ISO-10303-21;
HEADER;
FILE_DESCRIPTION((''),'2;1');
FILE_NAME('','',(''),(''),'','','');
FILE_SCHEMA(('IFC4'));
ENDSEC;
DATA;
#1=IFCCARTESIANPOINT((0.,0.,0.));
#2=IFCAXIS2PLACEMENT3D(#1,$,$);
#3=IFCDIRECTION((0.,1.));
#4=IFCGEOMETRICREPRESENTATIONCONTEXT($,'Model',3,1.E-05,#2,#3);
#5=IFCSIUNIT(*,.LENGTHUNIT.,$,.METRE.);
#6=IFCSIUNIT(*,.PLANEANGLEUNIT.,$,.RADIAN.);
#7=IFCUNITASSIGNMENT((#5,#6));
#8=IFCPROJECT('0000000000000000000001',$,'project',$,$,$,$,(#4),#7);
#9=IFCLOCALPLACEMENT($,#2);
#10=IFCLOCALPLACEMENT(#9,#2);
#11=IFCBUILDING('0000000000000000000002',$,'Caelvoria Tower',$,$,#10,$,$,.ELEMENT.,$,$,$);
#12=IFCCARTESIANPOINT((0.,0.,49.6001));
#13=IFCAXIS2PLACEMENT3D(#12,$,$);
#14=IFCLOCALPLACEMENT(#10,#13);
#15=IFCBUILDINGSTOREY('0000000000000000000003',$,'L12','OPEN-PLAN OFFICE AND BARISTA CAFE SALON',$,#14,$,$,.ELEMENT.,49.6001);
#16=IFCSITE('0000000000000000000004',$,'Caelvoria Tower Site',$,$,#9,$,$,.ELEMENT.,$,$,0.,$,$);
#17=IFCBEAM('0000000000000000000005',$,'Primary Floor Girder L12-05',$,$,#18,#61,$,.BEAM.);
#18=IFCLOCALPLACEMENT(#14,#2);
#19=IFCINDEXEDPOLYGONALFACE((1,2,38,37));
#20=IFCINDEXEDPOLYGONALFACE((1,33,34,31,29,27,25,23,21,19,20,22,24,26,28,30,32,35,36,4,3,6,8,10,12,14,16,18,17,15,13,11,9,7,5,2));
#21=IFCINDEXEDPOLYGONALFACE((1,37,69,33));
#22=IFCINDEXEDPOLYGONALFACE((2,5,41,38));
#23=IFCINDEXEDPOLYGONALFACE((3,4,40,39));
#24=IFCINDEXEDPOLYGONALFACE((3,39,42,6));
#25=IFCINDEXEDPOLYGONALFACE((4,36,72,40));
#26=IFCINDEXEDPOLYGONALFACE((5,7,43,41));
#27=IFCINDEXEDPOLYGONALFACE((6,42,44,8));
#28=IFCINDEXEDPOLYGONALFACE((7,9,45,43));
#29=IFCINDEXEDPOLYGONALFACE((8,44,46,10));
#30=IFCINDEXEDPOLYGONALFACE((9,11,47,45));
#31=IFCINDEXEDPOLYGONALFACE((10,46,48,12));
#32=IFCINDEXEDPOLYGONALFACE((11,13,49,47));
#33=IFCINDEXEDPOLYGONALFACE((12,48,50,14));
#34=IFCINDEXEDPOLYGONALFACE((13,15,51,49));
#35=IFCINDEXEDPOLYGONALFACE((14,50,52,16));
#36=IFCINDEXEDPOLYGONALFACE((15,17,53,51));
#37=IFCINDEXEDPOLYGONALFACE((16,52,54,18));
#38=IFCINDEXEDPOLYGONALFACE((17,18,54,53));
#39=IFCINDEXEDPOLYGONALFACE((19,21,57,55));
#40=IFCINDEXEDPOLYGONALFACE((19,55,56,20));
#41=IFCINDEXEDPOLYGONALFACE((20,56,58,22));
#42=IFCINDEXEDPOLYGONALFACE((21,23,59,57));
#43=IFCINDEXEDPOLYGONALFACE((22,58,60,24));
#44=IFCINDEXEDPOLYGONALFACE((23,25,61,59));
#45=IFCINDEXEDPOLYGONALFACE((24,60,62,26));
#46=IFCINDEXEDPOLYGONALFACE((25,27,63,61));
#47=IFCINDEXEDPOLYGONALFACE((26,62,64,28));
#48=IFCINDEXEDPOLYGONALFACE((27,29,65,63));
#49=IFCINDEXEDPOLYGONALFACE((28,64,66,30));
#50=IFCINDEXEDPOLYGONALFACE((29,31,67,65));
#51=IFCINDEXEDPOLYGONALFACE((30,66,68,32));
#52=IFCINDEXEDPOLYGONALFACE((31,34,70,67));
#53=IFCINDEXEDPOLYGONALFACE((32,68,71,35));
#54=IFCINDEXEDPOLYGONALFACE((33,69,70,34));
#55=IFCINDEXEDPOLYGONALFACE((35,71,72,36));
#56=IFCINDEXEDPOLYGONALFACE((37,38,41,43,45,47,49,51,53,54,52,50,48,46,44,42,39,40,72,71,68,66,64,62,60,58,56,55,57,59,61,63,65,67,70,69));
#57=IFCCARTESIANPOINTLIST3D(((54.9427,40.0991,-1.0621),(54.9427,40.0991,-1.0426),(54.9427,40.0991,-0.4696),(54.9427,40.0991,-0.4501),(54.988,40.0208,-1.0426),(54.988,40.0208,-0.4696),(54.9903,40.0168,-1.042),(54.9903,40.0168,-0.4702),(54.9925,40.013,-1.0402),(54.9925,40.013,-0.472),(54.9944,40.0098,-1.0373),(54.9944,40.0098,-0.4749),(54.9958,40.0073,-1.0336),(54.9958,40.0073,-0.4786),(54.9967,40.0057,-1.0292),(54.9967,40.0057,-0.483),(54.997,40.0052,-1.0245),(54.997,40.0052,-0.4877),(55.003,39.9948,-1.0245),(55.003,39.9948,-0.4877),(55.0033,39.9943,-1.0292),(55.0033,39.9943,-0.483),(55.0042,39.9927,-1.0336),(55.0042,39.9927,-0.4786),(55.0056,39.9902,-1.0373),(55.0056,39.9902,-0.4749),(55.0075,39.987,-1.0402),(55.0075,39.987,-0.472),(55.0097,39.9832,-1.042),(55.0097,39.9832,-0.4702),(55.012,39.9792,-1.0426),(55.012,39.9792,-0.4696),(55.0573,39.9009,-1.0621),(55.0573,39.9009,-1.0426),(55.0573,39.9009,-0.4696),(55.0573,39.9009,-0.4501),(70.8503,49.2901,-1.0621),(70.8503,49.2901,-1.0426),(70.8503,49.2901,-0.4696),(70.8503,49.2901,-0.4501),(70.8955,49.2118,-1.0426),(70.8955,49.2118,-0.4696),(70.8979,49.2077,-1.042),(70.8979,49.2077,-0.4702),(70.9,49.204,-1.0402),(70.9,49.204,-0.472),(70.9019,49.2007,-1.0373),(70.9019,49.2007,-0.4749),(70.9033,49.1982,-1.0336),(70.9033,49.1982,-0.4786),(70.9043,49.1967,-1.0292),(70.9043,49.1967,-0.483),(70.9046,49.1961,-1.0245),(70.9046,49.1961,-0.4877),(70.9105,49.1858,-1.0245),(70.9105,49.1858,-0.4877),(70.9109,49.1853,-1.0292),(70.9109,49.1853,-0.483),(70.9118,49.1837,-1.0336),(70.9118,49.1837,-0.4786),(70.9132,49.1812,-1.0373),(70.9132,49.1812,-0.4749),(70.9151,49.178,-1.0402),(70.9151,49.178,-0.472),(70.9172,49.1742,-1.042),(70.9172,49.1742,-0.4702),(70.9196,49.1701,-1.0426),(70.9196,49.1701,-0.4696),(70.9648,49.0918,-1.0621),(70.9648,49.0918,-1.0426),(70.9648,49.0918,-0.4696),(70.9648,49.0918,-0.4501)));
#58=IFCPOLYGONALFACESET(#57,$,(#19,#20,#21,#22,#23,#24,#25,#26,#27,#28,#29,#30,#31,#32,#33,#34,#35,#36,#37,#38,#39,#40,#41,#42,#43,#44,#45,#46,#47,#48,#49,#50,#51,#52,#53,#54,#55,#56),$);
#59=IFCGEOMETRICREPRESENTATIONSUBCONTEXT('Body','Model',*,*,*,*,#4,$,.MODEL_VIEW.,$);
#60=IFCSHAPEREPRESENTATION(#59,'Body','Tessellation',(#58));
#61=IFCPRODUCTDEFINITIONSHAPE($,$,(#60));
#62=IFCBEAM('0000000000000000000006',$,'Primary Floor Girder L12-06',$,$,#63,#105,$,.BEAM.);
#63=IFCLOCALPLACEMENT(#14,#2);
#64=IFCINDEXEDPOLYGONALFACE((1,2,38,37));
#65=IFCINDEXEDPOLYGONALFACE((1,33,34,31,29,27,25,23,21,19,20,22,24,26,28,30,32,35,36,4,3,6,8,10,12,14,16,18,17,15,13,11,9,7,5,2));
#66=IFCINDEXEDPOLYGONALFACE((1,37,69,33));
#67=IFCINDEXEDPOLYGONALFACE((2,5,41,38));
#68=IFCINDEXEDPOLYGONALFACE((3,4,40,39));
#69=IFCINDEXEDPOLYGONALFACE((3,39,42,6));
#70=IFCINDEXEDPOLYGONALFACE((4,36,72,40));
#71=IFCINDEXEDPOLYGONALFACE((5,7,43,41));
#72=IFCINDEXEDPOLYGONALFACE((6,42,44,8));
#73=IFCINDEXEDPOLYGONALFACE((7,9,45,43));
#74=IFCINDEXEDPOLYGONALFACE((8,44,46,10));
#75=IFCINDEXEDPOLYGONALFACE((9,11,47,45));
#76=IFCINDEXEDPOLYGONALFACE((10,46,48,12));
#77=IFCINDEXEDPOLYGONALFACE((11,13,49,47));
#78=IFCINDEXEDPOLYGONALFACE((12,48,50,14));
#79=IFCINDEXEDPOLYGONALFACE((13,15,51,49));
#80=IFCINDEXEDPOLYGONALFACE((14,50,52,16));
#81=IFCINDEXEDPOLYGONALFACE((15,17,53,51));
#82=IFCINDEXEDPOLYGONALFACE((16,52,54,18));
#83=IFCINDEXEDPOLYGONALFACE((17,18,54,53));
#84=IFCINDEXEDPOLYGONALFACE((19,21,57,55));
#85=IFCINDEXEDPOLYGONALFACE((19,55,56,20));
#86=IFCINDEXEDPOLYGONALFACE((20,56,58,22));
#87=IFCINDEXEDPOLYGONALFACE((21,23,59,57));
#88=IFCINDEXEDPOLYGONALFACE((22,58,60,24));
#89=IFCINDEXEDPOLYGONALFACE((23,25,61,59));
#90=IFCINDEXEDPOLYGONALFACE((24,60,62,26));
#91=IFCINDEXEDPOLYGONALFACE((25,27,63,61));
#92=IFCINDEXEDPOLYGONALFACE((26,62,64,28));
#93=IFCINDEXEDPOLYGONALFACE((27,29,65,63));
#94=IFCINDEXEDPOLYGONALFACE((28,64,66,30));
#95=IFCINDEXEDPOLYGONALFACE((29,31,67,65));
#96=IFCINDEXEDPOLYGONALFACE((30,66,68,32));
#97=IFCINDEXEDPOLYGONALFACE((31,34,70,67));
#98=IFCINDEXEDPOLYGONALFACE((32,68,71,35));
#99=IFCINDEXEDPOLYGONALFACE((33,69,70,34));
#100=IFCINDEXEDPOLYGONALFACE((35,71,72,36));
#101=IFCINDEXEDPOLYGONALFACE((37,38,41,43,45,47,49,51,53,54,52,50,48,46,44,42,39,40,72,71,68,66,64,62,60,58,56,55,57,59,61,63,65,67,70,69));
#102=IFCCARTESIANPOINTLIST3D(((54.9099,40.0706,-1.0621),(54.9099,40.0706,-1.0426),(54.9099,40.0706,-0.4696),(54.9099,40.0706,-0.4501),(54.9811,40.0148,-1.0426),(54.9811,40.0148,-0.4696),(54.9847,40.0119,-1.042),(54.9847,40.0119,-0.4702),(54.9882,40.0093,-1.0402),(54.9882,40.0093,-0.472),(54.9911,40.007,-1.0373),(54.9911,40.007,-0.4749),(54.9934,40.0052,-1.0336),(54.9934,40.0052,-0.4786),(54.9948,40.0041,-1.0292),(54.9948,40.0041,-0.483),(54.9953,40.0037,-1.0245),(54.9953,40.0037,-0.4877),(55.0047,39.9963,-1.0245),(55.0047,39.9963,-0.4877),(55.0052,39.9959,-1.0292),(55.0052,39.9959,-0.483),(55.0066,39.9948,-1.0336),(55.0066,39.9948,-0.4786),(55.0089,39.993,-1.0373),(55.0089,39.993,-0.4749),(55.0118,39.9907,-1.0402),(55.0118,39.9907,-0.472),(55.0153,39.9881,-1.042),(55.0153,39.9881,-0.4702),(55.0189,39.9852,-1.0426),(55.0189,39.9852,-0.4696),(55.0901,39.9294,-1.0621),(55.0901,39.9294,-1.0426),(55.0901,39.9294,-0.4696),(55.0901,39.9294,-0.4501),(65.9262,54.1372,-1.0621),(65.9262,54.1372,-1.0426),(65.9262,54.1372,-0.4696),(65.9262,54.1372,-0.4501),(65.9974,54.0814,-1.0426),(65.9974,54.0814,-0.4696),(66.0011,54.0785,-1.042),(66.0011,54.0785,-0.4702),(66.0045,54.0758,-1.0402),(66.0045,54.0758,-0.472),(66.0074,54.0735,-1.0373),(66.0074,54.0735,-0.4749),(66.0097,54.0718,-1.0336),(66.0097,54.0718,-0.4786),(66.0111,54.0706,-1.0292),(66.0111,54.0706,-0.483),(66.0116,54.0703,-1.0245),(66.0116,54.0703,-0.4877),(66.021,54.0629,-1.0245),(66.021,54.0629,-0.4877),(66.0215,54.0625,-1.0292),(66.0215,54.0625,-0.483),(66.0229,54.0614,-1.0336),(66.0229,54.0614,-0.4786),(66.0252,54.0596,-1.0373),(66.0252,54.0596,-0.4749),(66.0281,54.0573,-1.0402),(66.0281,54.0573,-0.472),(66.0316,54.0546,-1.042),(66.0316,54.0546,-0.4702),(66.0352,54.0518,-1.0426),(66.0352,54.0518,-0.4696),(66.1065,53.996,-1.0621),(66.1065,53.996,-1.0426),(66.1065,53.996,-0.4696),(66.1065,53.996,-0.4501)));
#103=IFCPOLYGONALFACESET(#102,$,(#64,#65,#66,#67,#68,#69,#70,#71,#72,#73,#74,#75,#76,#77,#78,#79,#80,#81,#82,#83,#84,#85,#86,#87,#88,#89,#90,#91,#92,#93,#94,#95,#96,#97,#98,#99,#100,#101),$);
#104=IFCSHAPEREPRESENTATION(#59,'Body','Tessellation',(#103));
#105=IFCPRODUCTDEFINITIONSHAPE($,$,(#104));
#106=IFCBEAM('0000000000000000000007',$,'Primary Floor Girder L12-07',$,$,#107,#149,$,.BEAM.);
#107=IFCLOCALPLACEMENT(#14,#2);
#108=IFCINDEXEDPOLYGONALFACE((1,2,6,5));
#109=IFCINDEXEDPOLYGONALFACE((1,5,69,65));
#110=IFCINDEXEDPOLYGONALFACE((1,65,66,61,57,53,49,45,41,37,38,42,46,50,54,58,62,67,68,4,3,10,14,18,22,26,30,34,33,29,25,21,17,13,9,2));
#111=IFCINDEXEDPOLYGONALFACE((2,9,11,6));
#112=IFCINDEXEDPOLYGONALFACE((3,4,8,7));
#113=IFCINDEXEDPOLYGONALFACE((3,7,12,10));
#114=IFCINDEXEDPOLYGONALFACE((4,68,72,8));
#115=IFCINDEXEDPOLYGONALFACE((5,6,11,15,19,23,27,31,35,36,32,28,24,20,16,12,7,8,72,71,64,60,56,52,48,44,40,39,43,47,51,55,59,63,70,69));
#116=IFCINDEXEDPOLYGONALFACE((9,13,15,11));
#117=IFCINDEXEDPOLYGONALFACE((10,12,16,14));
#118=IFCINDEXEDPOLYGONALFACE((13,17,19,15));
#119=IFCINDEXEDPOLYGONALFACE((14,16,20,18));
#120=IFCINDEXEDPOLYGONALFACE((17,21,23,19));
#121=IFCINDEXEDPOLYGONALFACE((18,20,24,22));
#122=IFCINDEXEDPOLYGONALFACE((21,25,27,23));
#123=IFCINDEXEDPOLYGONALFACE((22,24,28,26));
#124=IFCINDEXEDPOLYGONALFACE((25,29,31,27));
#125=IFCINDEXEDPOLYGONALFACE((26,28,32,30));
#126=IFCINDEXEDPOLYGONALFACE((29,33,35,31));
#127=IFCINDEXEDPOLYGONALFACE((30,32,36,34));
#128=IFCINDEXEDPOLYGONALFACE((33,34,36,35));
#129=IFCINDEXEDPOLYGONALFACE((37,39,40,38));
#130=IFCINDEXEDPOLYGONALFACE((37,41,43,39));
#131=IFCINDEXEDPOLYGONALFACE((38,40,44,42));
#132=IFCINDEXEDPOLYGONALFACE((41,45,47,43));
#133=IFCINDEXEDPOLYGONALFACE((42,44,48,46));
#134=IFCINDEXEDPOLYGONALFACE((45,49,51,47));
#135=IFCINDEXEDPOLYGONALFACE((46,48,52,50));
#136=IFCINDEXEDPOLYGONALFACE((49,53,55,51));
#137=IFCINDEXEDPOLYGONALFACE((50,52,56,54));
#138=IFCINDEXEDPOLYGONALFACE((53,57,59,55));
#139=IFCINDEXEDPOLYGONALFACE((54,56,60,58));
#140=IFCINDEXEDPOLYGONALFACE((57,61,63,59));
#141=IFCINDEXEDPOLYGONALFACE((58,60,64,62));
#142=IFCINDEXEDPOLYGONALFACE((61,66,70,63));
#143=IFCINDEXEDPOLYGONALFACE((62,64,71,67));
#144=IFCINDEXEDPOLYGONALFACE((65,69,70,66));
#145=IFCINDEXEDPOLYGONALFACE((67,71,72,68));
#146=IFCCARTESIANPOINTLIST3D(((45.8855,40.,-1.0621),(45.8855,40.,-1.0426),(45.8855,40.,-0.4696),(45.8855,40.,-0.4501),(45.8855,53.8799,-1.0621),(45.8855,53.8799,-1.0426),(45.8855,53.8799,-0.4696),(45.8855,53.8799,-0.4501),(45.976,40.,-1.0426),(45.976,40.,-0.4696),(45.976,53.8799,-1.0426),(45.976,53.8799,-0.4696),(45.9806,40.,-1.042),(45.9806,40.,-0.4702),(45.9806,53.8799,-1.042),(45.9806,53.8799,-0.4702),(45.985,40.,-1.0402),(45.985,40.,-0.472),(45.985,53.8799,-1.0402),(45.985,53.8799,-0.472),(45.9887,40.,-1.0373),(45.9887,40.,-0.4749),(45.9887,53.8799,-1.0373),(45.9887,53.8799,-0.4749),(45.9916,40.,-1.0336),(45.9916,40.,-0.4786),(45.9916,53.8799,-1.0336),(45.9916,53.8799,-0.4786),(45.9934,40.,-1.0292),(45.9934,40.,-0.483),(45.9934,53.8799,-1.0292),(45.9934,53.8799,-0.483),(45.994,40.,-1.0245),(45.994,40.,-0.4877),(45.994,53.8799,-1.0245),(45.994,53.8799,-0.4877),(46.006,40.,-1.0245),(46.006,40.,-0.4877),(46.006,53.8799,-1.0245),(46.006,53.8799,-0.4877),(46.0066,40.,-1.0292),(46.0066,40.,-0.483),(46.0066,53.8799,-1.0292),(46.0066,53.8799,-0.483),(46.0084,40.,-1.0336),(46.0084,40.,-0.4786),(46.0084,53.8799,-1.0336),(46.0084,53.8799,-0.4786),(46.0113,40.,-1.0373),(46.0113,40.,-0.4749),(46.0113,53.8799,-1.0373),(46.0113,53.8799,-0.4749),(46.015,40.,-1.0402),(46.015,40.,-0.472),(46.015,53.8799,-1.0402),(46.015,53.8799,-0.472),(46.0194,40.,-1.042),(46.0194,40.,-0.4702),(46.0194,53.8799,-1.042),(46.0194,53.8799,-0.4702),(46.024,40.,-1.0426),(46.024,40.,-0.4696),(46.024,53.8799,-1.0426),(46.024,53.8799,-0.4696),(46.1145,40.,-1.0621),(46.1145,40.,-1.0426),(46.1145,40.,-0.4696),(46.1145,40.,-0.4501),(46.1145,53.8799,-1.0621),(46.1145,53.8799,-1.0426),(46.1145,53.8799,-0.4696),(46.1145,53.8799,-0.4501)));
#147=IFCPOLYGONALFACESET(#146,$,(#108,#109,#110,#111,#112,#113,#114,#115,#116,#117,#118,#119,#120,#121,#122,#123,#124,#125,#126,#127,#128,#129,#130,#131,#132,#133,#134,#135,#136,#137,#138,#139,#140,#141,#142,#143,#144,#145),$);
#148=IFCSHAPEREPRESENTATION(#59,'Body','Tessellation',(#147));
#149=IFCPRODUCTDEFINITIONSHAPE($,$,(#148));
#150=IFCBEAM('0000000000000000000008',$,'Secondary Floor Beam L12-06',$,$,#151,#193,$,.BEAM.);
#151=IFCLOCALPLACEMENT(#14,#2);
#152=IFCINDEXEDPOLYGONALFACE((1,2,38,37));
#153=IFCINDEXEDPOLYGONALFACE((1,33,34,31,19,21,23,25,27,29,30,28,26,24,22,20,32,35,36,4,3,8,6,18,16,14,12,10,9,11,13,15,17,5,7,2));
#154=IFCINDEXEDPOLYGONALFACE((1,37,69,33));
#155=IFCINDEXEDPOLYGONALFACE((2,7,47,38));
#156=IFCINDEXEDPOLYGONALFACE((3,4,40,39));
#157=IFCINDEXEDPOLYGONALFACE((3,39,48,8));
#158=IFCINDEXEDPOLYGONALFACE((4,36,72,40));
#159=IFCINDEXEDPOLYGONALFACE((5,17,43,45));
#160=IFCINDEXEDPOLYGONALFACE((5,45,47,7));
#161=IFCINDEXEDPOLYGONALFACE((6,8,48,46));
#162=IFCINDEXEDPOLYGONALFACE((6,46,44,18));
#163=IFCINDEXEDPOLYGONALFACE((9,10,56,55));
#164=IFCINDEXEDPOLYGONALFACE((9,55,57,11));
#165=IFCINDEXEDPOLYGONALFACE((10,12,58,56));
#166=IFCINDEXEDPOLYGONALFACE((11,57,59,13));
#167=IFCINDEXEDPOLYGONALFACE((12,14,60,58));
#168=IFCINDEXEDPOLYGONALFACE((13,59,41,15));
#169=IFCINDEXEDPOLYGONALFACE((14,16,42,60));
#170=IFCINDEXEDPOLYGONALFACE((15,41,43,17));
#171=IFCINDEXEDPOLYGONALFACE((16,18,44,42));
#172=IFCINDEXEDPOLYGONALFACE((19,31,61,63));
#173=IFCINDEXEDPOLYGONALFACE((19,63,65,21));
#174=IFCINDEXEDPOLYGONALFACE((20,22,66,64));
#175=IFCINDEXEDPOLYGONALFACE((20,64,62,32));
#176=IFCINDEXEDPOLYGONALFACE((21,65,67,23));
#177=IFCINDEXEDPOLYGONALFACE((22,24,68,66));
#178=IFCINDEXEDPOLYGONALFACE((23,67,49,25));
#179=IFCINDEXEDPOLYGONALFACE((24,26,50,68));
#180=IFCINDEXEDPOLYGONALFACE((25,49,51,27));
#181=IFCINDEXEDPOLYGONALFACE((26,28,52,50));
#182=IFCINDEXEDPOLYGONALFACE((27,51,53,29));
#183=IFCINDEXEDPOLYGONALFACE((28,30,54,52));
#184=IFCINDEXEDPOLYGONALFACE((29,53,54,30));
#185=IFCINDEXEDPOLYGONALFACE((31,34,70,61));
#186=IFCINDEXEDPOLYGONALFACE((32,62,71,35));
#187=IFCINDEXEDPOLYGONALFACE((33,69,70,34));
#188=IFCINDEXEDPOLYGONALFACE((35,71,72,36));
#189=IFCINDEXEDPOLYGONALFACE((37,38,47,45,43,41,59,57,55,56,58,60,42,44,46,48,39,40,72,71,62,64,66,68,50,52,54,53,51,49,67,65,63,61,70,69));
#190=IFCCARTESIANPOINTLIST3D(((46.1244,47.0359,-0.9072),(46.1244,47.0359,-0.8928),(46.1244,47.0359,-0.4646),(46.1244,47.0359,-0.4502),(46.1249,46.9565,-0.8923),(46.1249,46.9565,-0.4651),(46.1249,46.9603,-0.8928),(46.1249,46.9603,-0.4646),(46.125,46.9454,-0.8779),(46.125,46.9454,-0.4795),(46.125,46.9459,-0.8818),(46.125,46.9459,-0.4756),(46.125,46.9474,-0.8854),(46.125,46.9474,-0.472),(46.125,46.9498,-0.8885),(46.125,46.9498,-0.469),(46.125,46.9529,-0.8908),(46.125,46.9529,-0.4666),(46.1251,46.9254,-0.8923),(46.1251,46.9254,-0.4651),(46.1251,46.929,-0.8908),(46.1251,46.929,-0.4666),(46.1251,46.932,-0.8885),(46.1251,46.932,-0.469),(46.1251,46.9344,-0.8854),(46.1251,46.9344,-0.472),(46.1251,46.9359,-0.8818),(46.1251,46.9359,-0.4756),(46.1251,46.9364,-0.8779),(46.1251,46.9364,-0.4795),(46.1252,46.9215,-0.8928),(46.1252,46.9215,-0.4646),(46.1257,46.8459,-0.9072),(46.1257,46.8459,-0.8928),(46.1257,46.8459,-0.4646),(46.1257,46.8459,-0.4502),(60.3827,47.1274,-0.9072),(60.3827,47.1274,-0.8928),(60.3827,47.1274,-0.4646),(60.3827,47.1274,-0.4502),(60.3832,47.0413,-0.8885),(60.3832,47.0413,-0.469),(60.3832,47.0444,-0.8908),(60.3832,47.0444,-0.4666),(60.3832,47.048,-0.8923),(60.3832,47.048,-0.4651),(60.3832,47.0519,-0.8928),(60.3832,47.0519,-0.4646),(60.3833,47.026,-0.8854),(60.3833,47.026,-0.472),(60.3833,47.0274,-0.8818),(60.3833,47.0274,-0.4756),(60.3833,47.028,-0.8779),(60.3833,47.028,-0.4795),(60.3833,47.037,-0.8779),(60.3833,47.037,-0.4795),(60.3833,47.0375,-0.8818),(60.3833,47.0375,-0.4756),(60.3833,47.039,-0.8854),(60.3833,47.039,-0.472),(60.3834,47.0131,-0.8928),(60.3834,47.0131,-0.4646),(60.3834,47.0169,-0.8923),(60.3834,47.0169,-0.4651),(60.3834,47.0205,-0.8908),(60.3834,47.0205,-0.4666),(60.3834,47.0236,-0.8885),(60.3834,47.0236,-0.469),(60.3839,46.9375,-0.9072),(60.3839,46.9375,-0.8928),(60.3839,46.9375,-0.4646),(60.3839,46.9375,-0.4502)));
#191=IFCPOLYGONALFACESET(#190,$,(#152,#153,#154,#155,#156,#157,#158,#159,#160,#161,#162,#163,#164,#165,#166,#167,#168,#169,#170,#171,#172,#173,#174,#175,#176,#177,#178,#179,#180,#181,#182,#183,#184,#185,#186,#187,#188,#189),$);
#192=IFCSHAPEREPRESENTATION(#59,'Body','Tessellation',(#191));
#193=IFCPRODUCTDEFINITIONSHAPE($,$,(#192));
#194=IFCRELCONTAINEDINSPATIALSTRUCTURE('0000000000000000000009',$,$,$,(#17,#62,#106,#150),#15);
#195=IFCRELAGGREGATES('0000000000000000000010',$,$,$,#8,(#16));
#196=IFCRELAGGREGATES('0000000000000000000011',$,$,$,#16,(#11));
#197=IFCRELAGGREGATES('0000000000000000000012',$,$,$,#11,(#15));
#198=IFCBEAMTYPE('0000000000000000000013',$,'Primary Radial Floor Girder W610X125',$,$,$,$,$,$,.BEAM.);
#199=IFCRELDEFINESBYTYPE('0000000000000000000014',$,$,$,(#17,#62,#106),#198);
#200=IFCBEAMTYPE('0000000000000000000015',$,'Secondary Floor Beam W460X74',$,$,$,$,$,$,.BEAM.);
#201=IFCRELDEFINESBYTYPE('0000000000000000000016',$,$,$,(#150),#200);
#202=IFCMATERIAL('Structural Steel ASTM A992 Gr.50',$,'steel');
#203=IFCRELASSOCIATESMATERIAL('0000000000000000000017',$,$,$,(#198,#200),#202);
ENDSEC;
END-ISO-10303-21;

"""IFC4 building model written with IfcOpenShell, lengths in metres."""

from ifc_helpers import new_model, si_unit, direction, frame, origin, origin_2d, place, context, subcontext, project, spatial, i_section, extrude, material, material_profile, profile_set, type_object, element, save


model = new_model("IFC4")

# Units and contexts
model_context = context("Model", 3, precision=1e-05, world=origin(), true_north=direction((0.0, 1.0)))
body_context = subcontext(model_context, "Body", "Model", "MODEL_VIEW")
ifc_project = project(units=[si_unit("LENGTHUNIT", "METRE"), si_unit("PLANEANGLEUNIT", "RADIAN")], contexts=[model_context])

# Site, building, storey
site_placement = place(None, origin())
site = spatial("IfcSite", under=ifc_project, at=site_placement, Name="Caelvoria Tower Site", CompositionType="ELEMENT", RefElevation=0.0)
building_placement = place(site_placement, origin())
building = spatial("IfcBuilding", under=site, at=building_placement, Name="Caelvoria Tower", CompositionType="ELEMENT")
storey_placement = place(building_placement, frame((0.0, 0.0, 49.6001)))
storey = spatial("IfcBuildingStorey", under=building, at=storey_placement, Name="L12", Description="OPEN-PLAN OFFICE AND BARISTA CAFE SALON", CompositionType="ELEMENT", Elevation=49.6001)

# Beams
ifc_material_1 = material(Name="Structural Steel ASTM A992 Gr.50", Category="steel")
ifc_material_profile_1 = material_profile(ifc_material_1, i_section(OverallWidth=0.229, OverallDepth=0.6121, WebThickness=0.012, FlangeThickness=0.0195, FilletRadius=0.0181, at=origin_2d()), Name="Structural Steel ASTM A992 Gr.50")
ifc_profile_set_1 = profile_set([ifc_material_profile_1], Name="W610X125 - Structural Steel ASTM A992 Gr.50")
beam_type_1 = type_object("IfcBeamType", Name="Primary Radial Floor Girder W610X125", PredefinedType="BEAM", material=ifc_profile_set_1)
beam_1_placement = place(storey_placement, frame((55.0, 40.0, -0.7561), z_axis=(0.865867, 0.500275, 0.0), x_axis=(-0.500275, 0.865867, 0.0)))
element("IfcBeam", 1, at=beam_1_placement, inside=storey, type_object=beam_type_1, Name="Primary Floor Girder L12-05", PredefinedType="BEAM", context=body_context, shape_type="SweptSolid", body=[
    extrude(i_section(OverallWidth=0.229, OverallDepth=0.6121, WebThickness=0.012, FlangeThickness=0.0195, FilletRadius=0.0181, at=origin_2d()), origin(), (0.0, 0.0, 1.0), 18.3718),
])
beam_2_placement = place(storey_placement, frame((55.0, 40.0, -0.7561), z_axis=(0.616575, 0.787296, 0.0), x_axis=(-0.787296, 0.616575, 0.0)))
element("IfcBeam", 2, at=beam_2_placement, inside=storey, type_object=beam_type_1, Name="Primary Floor Girder L12-06", PredefinedType="BEAM", context=body_context, shape_type="SweptSolid", body=[
    extrude(i_section(OverallWidth=0.229, OverallDepth=0.6121, WebThickness=0.012, FlangeThickness=0.0195, FilletRadius=0.0181, at=origin_2d()), origin(), (0.0, 0.0, 1.0), 17.8669),
])
beam_3_placement = place(storey_placement, frame((46.0, 40.0, -0.7561), z_axis=(0.0, 1.0, 0.0), x_axis=(-1.0, 0.0, 0.0)))
element("IfcBeam", 3, at=beam_3_placement, inside=storey, type_object=beam_type_1, Name="Primary Floor Girder L12-07", PredefinedType="BEAM", context=body_context, shape_type="SweptSolid", body=[
    extrude(i_section(OverallWidth=0.229, OverallDepth=0.6121, WebThickness=0.012, FlangeThickness=0.0195, FilletRadius=0.0181, at=origin_2d()), origin(), (0.0, 0.0, 1.0), 13.8799),
])
ifc_material_profile_2 = material_profile(ifc_material_1, i_section(OverallWidth=0.1899, OverallDepth=0.457, WebThickness=0.009, FlangeThickness=0.0144, FilletRadius=0.0149, at=origin_2d()), Name="Structural Steel ASTM A992 Gr.50")
ifc_profile_set_2 = profile_set([ifc_material_profile_2], Name="W460X74 - Structural Steel ASTM A992 Gr.50")
beam_type_2 = type_object("IfcBeamType", Name="Secondary Floor Beam W460X74", PredefinedType="BEAM", material=ifc_profile_set_2)
for number, where, z_axis, x_axis, name in (
    (4, (60.3833, 47.0325, -0.6787), (-0.999979, -0.006421, 0.0), (0.006421, -0.999979, 0.0), "Secondary Floor Beam L12-06"),
):
    element("IfcBeam", number, at=place(storey_placement, frame(where, z_axis=z_axis, x_axis=x_axis)), inside=storey, type_object=beam_type_2, Name=name, PredefinedType="BEAM", context=body_context, shape_type="SweptSolid", body=[
        extrude(i_section(OverallWidth=0.1899, OverallDepth=0.457, WebThickness=0.009, FlangeThickness=0.0144, FilletRadius=0.0149, at=origin_2d()), origin(), (0.0, 0.0, 1.0), 14.2585),
    ])

save(model, "model.ifc")
